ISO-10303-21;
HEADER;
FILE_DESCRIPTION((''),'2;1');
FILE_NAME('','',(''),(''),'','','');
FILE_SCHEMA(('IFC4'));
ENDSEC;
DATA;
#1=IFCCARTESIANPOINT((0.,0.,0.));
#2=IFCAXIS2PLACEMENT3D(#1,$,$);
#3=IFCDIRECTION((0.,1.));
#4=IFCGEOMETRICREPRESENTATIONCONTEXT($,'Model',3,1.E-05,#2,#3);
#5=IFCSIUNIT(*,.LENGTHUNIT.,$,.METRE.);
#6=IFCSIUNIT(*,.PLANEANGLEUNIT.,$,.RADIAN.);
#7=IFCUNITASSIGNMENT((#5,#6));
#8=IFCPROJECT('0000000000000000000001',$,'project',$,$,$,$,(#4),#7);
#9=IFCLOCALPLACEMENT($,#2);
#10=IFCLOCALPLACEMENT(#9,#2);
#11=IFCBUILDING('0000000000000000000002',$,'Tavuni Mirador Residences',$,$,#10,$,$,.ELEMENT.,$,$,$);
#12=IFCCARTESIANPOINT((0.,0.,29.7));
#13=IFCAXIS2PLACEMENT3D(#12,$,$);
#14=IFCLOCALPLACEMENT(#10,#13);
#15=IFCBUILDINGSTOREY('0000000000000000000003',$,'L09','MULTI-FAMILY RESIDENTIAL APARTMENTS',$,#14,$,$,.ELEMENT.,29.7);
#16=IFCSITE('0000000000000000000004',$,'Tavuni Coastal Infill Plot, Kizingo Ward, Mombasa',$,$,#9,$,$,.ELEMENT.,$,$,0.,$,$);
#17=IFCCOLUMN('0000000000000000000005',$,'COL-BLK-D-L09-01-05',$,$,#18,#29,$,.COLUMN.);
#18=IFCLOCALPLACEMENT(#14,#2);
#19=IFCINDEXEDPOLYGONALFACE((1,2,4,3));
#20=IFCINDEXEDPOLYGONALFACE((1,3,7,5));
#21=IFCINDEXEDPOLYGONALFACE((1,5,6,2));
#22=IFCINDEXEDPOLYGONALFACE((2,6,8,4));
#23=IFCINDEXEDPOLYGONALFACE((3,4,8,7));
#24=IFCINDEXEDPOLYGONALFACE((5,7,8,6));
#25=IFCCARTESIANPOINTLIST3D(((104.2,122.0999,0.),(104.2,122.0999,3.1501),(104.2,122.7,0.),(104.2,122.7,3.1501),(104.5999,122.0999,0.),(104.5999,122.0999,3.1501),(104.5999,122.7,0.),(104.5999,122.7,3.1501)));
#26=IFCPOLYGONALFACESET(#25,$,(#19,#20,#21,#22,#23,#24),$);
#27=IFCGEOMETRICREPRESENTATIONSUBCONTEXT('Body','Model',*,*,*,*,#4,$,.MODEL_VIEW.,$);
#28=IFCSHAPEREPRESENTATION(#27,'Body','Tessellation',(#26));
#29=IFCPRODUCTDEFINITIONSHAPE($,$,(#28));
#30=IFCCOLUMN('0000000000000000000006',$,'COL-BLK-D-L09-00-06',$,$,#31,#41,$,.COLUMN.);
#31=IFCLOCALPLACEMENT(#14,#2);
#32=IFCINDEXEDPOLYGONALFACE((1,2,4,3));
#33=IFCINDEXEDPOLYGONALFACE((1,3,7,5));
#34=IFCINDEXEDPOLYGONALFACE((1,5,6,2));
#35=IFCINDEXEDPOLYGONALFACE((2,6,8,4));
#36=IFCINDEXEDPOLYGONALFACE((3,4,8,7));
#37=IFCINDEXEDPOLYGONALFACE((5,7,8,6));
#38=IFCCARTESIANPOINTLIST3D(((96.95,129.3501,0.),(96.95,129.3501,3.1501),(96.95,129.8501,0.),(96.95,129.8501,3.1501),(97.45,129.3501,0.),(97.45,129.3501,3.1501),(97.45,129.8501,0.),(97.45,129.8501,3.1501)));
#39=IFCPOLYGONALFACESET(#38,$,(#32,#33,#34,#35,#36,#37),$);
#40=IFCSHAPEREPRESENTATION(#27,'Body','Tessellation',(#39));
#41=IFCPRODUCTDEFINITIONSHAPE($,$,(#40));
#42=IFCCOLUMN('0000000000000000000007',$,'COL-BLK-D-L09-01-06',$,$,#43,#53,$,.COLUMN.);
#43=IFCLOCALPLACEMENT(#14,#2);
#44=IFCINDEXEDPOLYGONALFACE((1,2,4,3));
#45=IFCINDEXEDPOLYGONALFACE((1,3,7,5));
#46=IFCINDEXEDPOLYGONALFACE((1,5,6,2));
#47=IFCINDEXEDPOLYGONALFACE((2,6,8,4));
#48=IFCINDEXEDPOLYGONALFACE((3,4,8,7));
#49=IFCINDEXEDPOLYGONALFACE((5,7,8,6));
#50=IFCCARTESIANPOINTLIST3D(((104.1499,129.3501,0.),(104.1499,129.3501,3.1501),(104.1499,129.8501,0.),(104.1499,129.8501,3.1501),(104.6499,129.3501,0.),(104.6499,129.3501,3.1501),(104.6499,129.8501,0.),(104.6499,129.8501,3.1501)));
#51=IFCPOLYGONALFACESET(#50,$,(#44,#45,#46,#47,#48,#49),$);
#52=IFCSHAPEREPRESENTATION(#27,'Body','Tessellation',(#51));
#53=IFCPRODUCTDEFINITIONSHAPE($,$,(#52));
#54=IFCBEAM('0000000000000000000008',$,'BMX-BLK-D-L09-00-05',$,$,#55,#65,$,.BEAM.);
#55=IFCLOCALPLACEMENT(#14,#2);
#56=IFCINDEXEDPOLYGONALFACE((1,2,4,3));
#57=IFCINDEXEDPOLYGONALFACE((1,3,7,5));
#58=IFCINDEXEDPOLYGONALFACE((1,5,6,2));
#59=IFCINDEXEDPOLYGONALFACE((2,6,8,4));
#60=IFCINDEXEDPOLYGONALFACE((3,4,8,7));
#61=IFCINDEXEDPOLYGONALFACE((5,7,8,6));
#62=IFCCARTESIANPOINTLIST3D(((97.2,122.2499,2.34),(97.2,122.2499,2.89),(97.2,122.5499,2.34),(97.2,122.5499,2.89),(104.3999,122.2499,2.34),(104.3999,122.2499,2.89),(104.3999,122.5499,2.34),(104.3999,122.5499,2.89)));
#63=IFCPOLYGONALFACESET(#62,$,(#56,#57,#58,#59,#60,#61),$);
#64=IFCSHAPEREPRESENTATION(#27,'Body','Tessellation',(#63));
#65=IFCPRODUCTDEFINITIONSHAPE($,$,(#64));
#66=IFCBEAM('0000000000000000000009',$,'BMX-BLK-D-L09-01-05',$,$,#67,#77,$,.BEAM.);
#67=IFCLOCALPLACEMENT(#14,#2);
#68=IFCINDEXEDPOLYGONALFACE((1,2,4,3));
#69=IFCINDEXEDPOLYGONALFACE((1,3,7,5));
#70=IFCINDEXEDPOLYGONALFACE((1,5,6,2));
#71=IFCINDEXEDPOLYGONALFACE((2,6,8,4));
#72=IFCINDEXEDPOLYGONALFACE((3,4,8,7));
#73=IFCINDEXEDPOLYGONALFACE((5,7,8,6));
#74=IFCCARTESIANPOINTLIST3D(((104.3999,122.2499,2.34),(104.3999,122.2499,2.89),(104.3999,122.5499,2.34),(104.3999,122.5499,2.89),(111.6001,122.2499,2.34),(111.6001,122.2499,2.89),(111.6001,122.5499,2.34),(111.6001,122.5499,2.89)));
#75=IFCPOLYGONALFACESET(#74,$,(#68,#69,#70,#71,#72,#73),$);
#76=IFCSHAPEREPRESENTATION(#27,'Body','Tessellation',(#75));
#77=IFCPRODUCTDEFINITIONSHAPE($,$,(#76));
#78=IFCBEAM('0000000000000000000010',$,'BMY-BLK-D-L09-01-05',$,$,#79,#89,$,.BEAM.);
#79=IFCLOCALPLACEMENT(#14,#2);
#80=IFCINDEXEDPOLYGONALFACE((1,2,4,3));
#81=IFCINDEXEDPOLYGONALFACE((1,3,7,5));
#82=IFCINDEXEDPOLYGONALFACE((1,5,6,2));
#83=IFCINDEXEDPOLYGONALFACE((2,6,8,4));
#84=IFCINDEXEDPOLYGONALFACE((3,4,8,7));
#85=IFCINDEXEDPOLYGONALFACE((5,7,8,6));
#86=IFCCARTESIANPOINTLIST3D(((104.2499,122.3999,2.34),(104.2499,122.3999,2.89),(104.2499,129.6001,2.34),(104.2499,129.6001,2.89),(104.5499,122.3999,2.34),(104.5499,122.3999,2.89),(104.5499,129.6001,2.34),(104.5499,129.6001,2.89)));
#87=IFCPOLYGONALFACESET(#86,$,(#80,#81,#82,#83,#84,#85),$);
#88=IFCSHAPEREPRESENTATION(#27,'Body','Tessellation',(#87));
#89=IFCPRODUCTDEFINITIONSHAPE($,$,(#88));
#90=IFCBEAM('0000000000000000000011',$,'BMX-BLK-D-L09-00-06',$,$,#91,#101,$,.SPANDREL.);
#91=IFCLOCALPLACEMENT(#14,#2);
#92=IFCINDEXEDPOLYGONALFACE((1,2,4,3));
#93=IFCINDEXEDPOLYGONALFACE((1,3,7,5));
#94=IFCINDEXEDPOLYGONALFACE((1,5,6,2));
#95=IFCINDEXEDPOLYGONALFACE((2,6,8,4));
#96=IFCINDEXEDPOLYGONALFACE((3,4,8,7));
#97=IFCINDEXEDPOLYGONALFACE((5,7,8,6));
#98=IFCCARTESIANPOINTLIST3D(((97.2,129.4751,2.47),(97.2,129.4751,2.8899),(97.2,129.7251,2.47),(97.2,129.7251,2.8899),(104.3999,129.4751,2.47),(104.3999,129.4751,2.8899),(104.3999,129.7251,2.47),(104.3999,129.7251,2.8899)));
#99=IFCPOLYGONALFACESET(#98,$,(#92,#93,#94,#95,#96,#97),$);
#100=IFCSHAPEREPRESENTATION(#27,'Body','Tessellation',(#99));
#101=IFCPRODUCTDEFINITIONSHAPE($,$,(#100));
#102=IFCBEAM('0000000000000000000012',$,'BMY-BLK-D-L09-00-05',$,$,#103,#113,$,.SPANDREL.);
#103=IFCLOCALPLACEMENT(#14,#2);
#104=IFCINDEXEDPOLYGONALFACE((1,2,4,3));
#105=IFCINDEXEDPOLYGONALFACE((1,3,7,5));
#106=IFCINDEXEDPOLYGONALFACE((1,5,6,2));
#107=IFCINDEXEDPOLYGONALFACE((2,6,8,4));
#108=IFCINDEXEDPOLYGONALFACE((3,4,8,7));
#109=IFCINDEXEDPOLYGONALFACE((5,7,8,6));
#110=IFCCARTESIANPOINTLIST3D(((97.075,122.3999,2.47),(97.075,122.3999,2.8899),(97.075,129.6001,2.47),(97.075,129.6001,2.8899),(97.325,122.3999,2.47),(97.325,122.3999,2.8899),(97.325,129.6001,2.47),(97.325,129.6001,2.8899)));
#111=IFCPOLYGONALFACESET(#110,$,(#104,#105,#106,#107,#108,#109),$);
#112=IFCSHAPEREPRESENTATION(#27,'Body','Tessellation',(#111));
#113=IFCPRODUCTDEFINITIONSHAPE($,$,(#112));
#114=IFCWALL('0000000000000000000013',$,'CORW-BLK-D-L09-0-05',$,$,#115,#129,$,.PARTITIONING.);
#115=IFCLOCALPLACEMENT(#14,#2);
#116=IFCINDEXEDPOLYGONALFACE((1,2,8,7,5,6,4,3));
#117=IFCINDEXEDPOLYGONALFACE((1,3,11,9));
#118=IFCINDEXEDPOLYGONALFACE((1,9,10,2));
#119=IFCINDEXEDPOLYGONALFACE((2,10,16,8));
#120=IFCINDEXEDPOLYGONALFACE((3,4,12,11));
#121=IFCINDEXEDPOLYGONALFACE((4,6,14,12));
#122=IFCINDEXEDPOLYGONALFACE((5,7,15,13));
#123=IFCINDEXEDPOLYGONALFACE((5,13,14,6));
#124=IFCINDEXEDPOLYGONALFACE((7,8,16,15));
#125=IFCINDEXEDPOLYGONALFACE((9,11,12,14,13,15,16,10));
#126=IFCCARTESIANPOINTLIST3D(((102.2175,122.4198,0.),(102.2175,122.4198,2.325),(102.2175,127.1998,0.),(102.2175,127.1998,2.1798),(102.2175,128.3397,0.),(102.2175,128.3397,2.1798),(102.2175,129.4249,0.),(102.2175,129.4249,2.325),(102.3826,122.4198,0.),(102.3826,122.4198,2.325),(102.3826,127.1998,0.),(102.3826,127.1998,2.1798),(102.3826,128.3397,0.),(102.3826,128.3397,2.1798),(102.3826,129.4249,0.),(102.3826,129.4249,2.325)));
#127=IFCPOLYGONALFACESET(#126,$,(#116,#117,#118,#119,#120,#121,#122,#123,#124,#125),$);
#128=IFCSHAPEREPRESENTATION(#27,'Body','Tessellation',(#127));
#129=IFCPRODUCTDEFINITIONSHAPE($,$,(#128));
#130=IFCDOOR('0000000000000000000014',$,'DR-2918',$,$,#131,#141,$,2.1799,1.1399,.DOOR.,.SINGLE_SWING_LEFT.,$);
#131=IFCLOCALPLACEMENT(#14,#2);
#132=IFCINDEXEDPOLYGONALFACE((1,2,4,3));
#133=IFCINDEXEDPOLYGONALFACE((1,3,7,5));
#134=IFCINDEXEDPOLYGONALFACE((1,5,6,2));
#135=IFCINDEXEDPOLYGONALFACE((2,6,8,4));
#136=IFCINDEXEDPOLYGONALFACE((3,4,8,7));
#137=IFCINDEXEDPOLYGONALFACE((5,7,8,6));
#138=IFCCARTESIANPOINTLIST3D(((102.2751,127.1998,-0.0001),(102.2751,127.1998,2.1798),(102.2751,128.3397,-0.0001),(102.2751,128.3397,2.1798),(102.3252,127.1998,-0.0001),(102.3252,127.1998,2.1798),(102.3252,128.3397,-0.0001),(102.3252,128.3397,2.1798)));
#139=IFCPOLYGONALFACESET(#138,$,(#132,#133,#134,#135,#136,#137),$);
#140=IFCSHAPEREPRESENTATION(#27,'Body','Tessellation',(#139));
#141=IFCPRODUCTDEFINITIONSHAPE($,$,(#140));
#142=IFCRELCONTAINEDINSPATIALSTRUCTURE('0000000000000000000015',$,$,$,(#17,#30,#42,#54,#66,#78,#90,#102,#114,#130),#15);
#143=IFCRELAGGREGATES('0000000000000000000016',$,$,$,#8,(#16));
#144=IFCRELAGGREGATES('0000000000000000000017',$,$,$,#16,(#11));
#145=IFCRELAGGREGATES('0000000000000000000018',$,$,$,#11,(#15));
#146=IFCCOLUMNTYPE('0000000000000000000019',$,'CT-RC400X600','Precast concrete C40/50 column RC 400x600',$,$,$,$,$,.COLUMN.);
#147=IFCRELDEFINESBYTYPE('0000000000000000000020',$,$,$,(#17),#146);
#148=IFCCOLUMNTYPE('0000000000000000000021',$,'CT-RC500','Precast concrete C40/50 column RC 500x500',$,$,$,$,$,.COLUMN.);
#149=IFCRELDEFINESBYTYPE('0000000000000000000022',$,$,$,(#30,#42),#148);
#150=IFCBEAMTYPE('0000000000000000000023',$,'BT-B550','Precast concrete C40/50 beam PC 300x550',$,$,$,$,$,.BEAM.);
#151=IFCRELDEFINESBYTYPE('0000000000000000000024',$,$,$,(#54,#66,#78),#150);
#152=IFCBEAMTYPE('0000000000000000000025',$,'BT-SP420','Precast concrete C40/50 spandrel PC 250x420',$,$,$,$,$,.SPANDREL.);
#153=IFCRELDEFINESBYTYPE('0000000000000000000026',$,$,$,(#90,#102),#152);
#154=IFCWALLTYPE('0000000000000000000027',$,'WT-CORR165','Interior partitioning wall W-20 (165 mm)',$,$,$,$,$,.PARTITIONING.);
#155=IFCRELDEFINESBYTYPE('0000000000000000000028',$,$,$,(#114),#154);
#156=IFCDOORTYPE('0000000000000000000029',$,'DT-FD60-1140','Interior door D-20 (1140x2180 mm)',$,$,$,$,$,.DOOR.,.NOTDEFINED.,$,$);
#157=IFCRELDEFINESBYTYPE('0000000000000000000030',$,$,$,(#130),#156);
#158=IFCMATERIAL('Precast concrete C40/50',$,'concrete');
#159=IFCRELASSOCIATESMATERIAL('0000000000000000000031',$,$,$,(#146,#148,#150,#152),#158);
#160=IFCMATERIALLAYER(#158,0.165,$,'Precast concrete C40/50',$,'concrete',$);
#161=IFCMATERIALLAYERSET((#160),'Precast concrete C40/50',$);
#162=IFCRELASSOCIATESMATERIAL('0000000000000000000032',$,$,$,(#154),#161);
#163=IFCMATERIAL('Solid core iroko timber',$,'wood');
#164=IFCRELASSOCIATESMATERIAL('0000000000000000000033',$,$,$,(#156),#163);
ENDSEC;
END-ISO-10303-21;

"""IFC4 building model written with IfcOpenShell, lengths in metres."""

from ifc_helpers import new_model, si_unit, direction, frame, frame_2d, origin, origin_2d, place, context, subcontext, project, spatial, rectangle, extrude, material, layer, layer_set, material_profile, profile_set, type_object, element, fill, save


model = new_model("IFC4")

# Units and contexts
model_context = context("Model", 3, precision=1e-05, world=origin(), true_north=direction((0.0, 1.0)))
body_context = subcontext(model_context, "Body", "Model", "MODEL_VIEW")
ifc_project = project(units=[si_unit("LENGTHUNIT", "METRE"), si_unit("PLANEANGLEUNIT", "RADIAN")], contexts=[model_context])

# Site, building, storey
site_placement = place(None, origin())
site = spatial("IfcSite", under=ifc_project, at=site_placement, Name="Tavuni Coastal Infill Plot, Kizingo Ward, Mombasa", CompositionType="ELEMENT", RefElevation=0.0)
building_placement = place(site_placement, origin())
building = spatial("IfcBuilding", under=site, at=building_placement, Name="Tavuni Mirador Residences", CompositionType="ELEMENT")
storey_placement = place(building_placement, frame((0.0, 0.0, 29.7)))
storey = spatial("IfcBuildingStorey", under=building, at=storey_placement, Name="L09", Description="MULTI-FAMILY RESIDENTIAL APARTMENTS", CompositionType="ELEMENT", Elevation=29.7)

# Columns
ifc_material_1 = material(Name="Precast concrete C40/50", Category="concrete")
ifc_material_profile_1 = material_profile(ifc_material_1, rectangle(XDim=0.3999, YDim=0.6001, at=origin_2d()), Name="RC 400x600", Category="concrete")
ifc_profile_set_1 = profile_set([ifc_material_profile_1], Name="Precast concrete C40/50")
column_type_1 = type_object("IfcColumnType", Name="CT-RC400X600", Description="Precast concrete C40/50 column RC 400x600", PredefinedType="COLUMN", material=ifc_profile_set_1)
column_placement = place(storey_placement, frame((104.3999, 122.3999, 0.0), z_axis=(0.0, 0.0, 1.0), x_axis=(1.0, 0.0, 0.0)))
element("IfcColumn", 1, at=column_placement, inside=storey, type_object=column_type_1, Name="COL-BLK-D-L09-01-05", PredefinedType="COLUMN", context=body_context, shape_type="SweptSolid", body=[
    extrude(rectangle(XDim=0.3999, YDim=0.6001, at=origin_2d()), origin(), (0.0, 0.0, 1.0), 3.1501),
])
ifc_material_profile_2 = material_profile(ifc_material_1, rectangle(XDim=0.5, YDim=0.5, at=origin_2d()), Name="RC 500x500", Category="concrete")
ifc_profile_set_2 = profile_set([ifc_material_profile_2], Name="Precast concrete C40/50")
column_type_2 = type_object("IfcColumnType", Name="CT-RC500", Description="Precast concrete C40/50 column RC 500x500", PredefinedType="COLUMN", material=ifc_profile_set_2)
for number, where, z_axis, x_axis, name in (
    (2, (97.2, 129.6001, 0.0), (0.0, 0.0, 1.0), (1.0, 0.0, 0.0), "COL-BLK-D-L09-00-06"),
    (3, (104.3999, 129.6001, 0.0), (0.0, 0.0, 1.0), (1.0, 0.0, 0.0), "COL-BLK-D-L09-01-06"),
):
    element("IfcColumn", number, at=place(storey_placement, frame(where, z_axis=z_axis, x_axis=x_axis)), inside=storey, type_object=column_type_2, Name=name, PredefinedType="COLUMN", context=body_context, shape_type="SweptSolid", body=[
        extrude(rectangle(XDim=0.5, YDim=0.5, at=origin_2d()), origin(), (0.0, 0.0, 1.0), 3.1501),
    ])

# Beams
ifc_material_profile_3 = material_profile(ifc_material_1, rectangle(XDim=0.3, YDim=0.55, at=origin_2d()), Name="PC 300x550", Category="concrete")
ifc_profile_set_3 = profile_set([ifc_material_profile_3], Name="Precast concrete C40/50")
beam_type_1 = type_object("IfcBeamType", Name="BT-B550", Description="Precast concrete C40/50 beam PC 300x550", PredefinedType="BEAM", material=ifc_profile_set_3)
beam_1_placement = place(storey_placement, frame((97.2, 122.3999, 2.615), z_axis=(1.0, 0.0, 0.0), x_axis=(0.0, 1.0, 0.0)))
element("IfcBeam", 4, at=beam_1_placement, inside=storey, type_object=beam_type_1, Name="BMX-BLK-D-L09-00-05", PredefinedType="BEAM", context=body_context, shape_type="SweptSolid", body=[
    extrude(rectangle(XDim=0.3, YDim=0.55, at=origin_2d()), origin(), (0.0, 0.0, 1.0), 7.2),
])
for number, where, z_axis, x_axis, name in (
    (5, (104.3999, 122.3999, 2.615), (1.0, 0.0, 0.0), (0.0, 1.0, 0.0), "BMX-BLK-D-L09-01-05"),
    (6, (104.3999, 122.3999, 2.615), (0.0, 1.0, 0.0), (-1.0, 0.0, 0.0), "BMY-BLK-D-L09-01-05"),
):
    element("IfcBeam", number, at=place(storey_placement, frame(where, z_axis=z_axis, x_axis=x_axis)), inside=storey, type_object=beam_type_1, Name=name, PredefinedType="BEAM", context=body_context, shape_type="SweptSolid", body=[
        extrude(rectangle(XDim=0.3, YDim=0.55, at=origin_2d()), origin(), (0.0, 0.0, 1.0), 7.2002),
    ])
ifc_material_profile_4 = material_profile(ifc_material_1, rectangle(XDim=0.25, YDim=0.4199, at=origin_2d()), Name="PC 250x420", Category="concrete")
ifc_profile_set_4 = profile_set([ifc_material_profile_4], Name="Precast concrete C40/50")
beam_type_2 = type_object("IfcBeamType", Name="BT-SP420", Description="Precast concrete C40/50 spandrel PC 250x420", PredefinedType="SPANDREL", material=ifc_profile_set_4)
beam_2_placement = place(storey_placement, frame((97.2, 129.6001, 2.6799), z_axis=(1.0, 0.0, 0.0), x_axis=(0.0, 1.0, 0.0)))
element("IfcBeam", 7, at=beam_2_placement, inside=storey, type_object=beam_type_2, Name="BMX-BLK-D-L09-00-06", PredefinedType="SPANDREL", context=body_context, shape_type="SweptSolid", body=[
    extrude(rectangle(XDim=0.25, YDim=0.4199, at=origin_2d()), origin(), (0.0, 0.0, 1.0), 7.2),
])
beam_3_placement = place(storey_placement, frame((97.2, 122.3999, 2.6799), z_axis=(0.0, 1.0, 0.0), x_axis=(-1.0, 0.0, 0.0)))
element("IfcBeam", 8, at=beam_3_placement, inside=storey, type_object=beam_type_2, Name="BMY-BLK-D-L09-00-05", PredefinedType="SPANDREL", context=body_context, shape_type="SweptSolid", body=[
    extrude(rectangle(XDim=0.25, YDim=0.4199, at=origin_2d()), origin(), (0.0, 0.0, 1.0), 7.2002),
])

# Wall, opening, door
ifc_layer_1 = layer(ifc_material_1, 0.165, Name="Precast concrete C40/50", Category="concrete")
ifc_layer_set_1 = layer_set([ifc_layer_1], Name="Precast concrete C40/50")
wall_type_1 = type_object("IfcWallType", Name="WT-CORR165", Description="Interior partitioning wall W-20 (165 mm)", PredefinedType="PARTITIONING", material=ifc_layer_set_1)
wall_1_placement = place(storey_placement, frame((102.3, 122.4199, 0.0), z_axis=(0.0, 0.0, 1.0), x_axis=(0.0, 1.0, 0.0)))
wall_1 = element("IfcWall", 9, at=wall_1_placement, inside=storey, type_object=wall_type_1, Name="CORW-BLK-D-L09-0-05", PredefinedType="PARTITIONING", context=body_context, shape_type="SweptSolid", body=[
    extrude(rectangle(XDim=7.0051, YDim=0.165, at=frame_2d((3.5024, 0.0))), origin(), (0.0, 0.0, 1.0), 2.325),
])
opening_1_placement = place(wall_1_placement, frame((4.78, 0.0, 0.0)))
opening_1 = element("IfcOpeningElement", 10, at=opening_1_placement, cuts=wall_1, PredefinedType="OPENING", context=body_context, shape_type="SweptSolid", body=[
    extrude(rectangle(XDim=1.1399, YDim=2.1799, at=frame_2d((0.5698, 1.0898))), frame((0.0, 0.0925, 0.0), z_axis=(0.0, -1.0, 0.0), x_axis=(1.0, 0.0, 0.0)), (0.0, 0.0, 1.0), 0.1851),
])
ifc_material_2 = material(Name="Solid core iroko timber", Category="wood")
door_type_1 = type_object("IfcDoorType", Name="DT-FD60-1140", Description="Interior door D-20 (1140x2180 mm)", OperationType="NOTDEFINED", PredefinedType="DOOR", material=ifc_material_2)
door_1_placement = place(opening_1_placement, origin())
door_1 = element("IfcDoor", 11, at=door_1_placement, inside=storey, type_object=door_type_1, Name="DR-2918", OperationType="SINGLE_SWING_LEFT", OverallHeight=2.1799, OverallWidth=1.1399, PredefinedType="DOOR", context=body_context, shape_type="SweptSolid", body=[
    extrude(rectangle(XDim=1.1399, YDim=2.1799, at=frame_2d((0.5698, 1.0898))), frame((0.0, 0.0249, 0.0), z_axis=(0.0, -1.0, 0.0), x_axis=(1.0, 0.0, 0.0)), (0.0, 0.0, 1.0), 0.05),
])
fill(opening_1, door_1)

save(model, "model.ifc")
